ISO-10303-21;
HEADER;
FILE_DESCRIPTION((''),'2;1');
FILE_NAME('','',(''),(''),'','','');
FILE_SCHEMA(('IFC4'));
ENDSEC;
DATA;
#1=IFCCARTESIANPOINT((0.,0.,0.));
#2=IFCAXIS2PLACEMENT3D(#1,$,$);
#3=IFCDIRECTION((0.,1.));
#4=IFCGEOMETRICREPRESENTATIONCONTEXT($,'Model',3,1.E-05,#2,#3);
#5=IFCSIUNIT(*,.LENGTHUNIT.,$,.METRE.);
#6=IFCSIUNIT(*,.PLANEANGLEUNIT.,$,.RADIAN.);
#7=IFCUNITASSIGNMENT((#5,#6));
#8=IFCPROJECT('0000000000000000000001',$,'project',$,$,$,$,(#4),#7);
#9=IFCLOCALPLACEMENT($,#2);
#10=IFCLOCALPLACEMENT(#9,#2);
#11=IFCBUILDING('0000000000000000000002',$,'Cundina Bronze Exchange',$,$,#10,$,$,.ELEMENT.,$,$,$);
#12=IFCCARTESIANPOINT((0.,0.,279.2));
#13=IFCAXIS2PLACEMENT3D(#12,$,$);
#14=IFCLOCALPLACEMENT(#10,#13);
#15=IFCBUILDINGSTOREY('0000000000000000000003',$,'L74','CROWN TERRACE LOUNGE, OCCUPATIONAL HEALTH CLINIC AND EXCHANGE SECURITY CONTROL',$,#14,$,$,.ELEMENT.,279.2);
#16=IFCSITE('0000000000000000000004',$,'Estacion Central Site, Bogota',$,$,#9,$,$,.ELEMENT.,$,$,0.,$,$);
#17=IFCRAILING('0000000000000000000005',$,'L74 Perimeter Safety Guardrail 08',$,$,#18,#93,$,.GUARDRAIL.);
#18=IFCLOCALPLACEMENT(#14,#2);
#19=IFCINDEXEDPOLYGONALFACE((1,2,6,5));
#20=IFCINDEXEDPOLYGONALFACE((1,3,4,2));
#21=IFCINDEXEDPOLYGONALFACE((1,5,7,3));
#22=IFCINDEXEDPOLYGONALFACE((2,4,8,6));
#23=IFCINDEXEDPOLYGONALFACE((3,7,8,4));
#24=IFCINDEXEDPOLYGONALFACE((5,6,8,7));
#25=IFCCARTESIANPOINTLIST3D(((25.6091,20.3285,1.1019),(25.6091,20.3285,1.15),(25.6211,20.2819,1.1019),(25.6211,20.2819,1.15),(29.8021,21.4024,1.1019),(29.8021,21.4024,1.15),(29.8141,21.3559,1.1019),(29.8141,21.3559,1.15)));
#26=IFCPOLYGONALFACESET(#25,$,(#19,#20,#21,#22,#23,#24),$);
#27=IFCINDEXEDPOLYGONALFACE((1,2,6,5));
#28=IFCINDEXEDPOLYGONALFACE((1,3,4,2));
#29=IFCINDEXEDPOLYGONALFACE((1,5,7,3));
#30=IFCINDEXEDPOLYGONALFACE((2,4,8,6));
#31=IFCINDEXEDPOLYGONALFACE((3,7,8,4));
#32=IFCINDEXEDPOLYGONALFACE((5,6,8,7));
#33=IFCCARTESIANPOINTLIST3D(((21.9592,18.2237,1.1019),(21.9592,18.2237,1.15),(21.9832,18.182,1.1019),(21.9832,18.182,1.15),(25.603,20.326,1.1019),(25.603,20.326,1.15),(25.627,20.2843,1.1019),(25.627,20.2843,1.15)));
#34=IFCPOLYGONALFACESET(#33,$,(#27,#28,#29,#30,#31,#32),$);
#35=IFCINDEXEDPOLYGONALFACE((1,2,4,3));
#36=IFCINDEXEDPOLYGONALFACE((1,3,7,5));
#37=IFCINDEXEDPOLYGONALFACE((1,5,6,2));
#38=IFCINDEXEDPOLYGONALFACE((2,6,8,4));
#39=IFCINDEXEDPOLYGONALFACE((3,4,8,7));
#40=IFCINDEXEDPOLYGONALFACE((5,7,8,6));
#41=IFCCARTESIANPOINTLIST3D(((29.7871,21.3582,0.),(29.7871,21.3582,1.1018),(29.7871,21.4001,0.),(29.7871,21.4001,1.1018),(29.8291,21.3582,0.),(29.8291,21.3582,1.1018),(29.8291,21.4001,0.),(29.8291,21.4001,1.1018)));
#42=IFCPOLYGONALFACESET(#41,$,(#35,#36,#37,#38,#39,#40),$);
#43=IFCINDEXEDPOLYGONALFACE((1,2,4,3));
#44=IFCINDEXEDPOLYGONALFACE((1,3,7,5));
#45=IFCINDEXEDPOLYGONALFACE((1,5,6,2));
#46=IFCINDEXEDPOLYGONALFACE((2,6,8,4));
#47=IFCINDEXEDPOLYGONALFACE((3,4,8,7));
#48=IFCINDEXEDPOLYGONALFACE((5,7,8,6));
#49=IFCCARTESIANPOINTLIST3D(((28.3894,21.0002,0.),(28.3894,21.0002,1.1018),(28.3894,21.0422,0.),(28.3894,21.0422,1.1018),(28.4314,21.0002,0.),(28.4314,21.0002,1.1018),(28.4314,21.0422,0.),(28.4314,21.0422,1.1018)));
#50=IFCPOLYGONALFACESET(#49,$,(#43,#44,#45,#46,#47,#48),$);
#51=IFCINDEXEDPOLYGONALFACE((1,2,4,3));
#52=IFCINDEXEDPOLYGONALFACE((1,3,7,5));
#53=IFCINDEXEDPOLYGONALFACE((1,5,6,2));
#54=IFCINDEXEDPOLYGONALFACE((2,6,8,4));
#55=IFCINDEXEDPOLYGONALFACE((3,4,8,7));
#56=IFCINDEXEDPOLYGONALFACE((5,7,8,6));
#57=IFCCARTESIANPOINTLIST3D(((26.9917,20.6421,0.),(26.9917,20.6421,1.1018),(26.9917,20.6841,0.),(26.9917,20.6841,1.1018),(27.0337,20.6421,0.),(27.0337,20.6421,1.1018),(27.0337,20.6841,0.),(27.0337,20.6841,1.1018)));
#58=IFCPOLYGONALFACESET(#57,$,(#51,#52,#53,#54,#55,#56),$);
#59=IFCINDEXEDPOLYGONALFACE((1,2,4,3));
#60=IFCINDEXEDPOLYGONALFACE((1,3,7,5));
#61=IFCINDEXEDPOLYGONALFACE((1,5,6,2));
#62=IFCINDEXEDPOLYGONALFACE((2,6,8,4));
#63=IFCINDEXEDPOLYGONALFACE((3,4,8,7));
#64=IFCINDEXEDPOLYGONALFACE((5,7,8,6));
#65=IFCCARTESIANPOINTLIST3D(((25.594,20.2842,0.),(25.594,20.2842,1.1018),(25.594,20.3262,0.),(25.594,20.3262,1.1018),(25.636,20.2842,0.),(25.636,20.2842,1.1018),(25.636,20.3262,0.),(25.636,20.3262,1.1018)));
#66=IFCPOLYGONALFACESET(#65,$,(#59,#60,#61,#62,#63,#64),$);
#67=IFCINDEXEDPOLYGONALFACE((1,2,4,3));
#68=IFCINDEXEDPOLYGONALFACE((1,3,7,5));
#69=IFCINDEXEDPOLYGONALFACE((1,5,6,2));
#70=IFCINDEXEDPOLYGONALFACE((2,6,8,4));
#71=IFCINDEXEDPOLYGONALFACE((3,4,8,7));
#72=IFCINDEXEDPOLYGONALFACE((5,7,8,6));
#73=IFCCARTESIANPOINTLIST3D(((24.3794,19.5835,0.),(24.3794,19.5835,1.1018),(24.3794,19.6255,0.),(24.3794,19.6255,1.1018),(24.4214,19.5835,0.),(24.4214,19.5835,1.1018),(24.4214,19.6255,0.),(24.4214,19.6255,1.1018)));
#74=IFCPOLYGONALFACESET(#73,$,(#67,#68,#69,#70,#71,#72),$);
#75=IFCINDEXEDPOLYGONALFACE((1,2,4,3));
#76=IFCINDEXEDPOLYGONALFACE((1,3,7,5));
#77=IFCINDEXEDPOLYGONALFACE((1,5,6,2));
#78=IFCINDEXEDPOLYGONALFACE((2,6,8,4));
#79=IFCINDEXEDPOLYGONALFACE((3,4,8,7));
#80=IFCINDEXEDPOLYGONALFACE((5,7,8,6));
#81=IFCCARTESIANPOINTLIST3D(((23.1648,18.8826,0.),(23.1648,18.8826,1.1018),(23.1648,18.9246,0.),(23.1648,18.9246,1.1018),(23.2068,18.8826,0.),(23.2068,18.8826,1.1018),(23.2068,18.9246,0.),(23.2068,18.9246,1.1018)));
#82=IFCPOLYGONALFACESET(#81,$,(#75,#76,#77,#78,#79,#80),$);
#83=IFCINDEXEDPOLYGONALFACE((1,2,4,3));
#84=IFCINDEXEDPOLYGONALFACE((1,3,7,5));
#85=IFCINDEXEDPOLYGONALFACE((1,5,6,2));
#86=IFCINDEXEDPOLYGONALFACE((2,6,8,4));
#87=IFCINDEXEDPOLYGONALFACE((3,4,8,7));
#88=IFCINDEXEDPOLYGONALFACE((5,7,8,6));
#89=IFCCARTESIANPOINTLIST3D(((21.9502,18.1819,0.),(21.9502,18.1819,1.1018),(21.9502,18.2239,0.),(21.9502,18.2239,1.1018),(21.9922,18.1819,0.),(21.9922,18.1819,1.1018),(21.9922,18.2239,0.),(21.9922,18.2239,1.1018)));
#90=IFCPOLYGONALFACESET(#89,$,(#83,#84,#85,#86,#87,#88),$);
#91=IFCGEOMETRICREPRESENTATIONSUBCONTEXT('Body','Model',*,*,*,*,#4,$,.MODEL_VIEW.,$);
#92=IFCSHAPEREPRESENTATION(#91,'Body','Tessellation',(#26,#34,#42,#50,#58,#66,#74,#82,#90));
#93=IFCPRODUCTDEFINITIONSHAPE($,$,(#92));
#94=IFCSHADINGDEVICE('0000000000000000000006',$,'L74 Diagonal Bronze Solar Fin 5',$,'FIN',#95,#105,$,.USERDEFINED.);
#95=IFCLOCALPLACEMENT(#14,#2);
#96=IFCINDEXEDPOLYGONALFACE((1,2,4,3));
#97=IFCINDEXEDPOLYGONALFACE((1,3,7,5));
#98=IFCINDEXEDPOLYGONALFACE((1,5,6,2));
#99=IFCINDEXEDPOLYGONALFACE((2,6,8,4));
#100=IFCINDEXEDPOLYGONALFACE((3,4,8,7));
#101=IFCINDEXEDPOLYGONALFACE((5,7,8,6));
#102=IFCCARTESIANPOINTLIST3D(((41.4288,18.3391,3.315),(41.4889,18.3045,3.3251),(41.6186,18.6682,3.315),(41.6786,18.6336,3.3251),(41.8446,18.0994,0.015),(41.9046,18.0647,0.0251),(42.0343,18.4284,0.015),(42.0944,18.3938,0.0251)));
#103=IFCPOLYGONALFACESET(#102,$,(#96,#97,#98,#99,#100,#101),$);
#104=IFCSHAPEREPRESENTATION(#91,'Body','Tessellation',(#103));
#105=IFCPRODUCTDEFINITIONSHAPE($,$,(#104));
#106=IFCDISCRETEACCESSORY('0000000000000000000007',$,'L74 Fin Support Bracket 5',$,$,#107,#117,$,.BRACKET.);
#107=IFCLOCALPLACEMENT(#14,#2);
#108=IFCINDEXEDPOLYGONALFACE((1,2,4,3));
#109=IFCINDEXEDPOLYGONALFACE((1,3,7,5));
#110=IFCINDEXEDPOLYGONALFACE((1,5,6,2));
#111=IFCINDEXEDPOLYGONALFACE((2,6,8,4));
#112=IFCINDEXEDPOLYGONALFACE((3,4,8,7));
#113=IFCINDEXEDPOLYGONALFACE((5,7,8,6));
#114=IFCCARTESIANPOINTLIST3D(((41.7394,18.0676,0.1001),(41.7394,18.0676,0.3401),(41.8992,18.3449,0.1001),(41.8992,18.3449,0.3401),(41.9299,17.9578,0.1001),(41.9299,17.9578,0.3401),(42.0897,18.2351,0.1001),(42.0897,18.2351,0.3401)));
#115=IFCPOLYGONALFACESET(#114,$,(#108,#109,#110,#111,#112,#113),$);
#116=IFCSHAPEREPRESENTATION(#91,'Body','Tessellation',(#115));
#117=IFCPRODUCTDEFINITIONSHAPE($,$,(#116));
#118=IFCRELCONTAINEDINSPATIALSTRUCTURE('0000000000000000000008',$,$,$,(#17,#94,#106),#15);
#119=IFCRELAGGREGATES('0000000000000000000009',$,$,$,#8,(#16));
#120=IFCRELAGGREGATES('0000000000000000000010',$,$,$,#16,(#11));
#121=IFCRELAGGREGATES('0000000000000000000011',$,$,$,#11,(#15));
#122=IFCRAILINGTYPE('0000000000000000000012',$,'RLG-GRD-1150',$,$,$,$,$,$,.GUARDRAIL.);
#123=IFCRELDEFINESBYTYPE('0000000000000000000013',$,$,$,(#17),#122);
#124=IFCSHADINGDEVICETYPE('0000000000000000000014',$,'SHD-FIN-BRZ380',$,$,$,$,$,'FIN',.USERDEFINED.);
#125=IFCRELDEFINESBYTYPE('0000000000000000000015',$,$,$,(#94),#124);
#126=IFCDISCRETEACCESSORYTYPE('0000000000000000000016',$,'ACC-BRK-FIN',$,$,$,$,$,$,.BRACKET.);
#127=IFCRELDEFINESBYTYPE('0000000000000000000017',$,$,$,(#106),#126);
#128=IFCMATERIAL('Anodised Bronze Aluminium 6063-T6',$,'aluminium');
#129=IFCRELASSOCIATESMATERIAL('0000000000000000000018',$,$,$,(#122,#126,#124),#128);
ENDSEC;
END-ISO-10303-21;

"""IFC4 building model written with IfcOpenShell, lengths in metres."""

from ifc_helpers import new_model, si_unit, direction, frame, origin, origin_2d, place, context, subcontext, project, spatial, rectangle, extrude, material, material_profile, profile_set, type_object, element, save


model = new_model("IFC4")

# Units and contexts
model_context = context("Model", 3, precision=1e-05, world=origin(), true_north=direction((0.0, 1.0)))
body_context = subcontext(model_context, "Body", "Model", "MODEL_VIEW")
ifc_project = project(units=[si_unit("LENGTHUNIT", "METRE"), si_unit("PLANEANGLEUNIT", "RADIAN")], contexts=[model_context])

# Site, building, storey
site_placement = place(None, origin())
site = spatial("IfcSite", under=ifc_project, at=site_placement, Name="Estacion Central Site, Bogota", CompositionType="ELEMENT", RefElevation=0.0)
building_placement = place(site_placement, origin())
building = spatial("IfcBuilding", under=site, at=building_placement, Name="Cundina Bronze Exchange", CompositionType="ELEMENT")
storey_placement = place(building_placement, frame((0.0, 0.0, 279.2)))
storey = spatial("IfcBuildingStorey", under=building, at=storey_placement, Name="L74", Description="CROWN TERRACE LOUNGE, OCCUPATIONAL HEALTH CLINIC AND EXCHANGE SECURITY CONTROL", CompositionType="ELEMENT", Elevation=279.2)

# Shared definitions
ifc_material_1 = material(Name="Anodised Bronze Aluminium 6063-T6", Category="aluminium")

# Railing
railing_type = type_object("IfcRailingType", Name="RLG-GRD-1150", PredefinedType="GUARDRAIL", material=ifc_material_1)
railing_1_placement = place(storey_placement, frame((29.8081, 21.3792, 0.0)))
element("IfcRailing", 1, at=railing_1_placement, inside=storey, type_object=railing_type, Name="L74 Perimeter Safety Guardrail 08", PredefinedType="GUARDRAIL", context=body_context, shape_type="SweptSolid", body=[
    extrude(rectangle(XDim=0.0481, YDim=0.0481, at=origin_2d()), frame((0.0, 0.0, 1.126), z_axis=(-0.96873, -0.248119, 0.0), x_axis=(0.248119, -0.96873, 0.0)), (0.0, 0.0, 1.0), 4.3284),
    extrude(rectangle(XDim=0.0481, YDim=0.0481, at=origin_2d()), frame((-4.1931, -1.074, 1.126), z_axis=(-0.866175, -0.499741, 0.0), x_axis=(0.499741, -0.866175, 0.0)), (0.0, 0.0, 1.0), 4.2068),
    extrude(rectangle(XDim=0.042, YDim=0.042, at=origin_2d()), origin(), (0.0, 0.0, 1.0), 1.1018),
    extrude(rectangle(XDim=0.042, YDim=0.042, at=origin_2d()), frame((-1.3977, -0.3579, 0.0)), (0.0, 0.0, 1.0), 1.1018),
    extrude(rectangle(XDim=0.042, YDim=0.042, at=origin_2d()), frame((-2.7954, -0.7161, 0.0)), (0.0, 0.0, 1.0), 1.1018),
    extrude(rectangle(XDim=0.042, YDim=0.042, at=origin_2d()), frame((-4.1931, -1.074, 0.0)), (0.0, 0.0, 1.0), 1.1018),
    extrude(rectangle(XDim=0.042, YDim=0.042, at=origin_2d()), frame((-5.4077, -1.7747, 0.0)), (0.0, 0.0, 1.0), 1.1018),
    extrude(rectangle(XDim=0.042, YDim=0.042, at=origin_2d()), frame((-6.6223, -2.4756, 0.0)), (0.0, 0.0, 1.0), 1.1018),
    extrude(rectangle(XDim=0.042, YDim=0.042, at=origin_2d()), frame((-7.8369, -3.1763, 0.0)), (0.0, 0.0, 1.0), 1.1018),
])

# Shading device
ifc_material_profile_1 = material_profile(ifc_material_1, rectangle(XDim=0.0701, YDim=0.3799, at=origin_2d()), Name="FIN70X380", Category="aluminium")
ifc_profile_set_1 = profile_set([ifc_material_profile_1], Name="Anodised Bronze Aluminium 6063-T6")
shading_device_type = type_object("IfcShadingDeviceType", Name="SHD-FIN-BRZ380", ElementType="FIN", PredefinedType="USERDEFINED", material=ifc_profile_set_1)
shading_device_placement = place(storey_placement, frame((41.9695, 18.2466, 0.02), z_axis=(-0.124678, 0.071893, 0.989589), x_axis=(0.857277, -0.494331, 0.143921)))
element("IfcShadingDevice", 2, at=shading_device_placement, inside=storey, type_object=shading_device_type, Name="L74 Diagonal Bronze Solar Fin 5", ObjectType="FIN", PredefinedType="USERDEFINED", context=body_context, shape_type="SweptSolid", body=[
    extrude(rectangle(XDim=0.0701, YDim=0.3799, at=origin_2d()), origin(), (0.0, 0.0, 1.0), 3.3347),
])

# Discrete accessory
discrete_accessory_type = type_object("IfcDiscreteAccessoryType", Name="ACC-BRK-FIN", PredefinedType="BRACKET", material=ifc_material_1)
discrete_accessory_placement = place(storey_placement, frame((41.9146, 18.1514, 0.1001), z_axis=(0.0, 0.0, 1.0), x_axis=(-0.866453, 0.499259, 0.0)))
element("IfcDiscreteAccessory", 3, at=discrete_accessory_placement, inside=storey, type_object=discrete_accessory_type, Name="L74 Fin Support Bracket 5", PredefinedType="BRACKET", context=body_context, shape_type="SweptSolid", body=[
    extrude(rectangle(XDim=0.22, YDim=0.3201, at=origin_2d()), origin(), (0.0, 0.0, 1.0), 0.24),
])

save(model, "model.ifc")
